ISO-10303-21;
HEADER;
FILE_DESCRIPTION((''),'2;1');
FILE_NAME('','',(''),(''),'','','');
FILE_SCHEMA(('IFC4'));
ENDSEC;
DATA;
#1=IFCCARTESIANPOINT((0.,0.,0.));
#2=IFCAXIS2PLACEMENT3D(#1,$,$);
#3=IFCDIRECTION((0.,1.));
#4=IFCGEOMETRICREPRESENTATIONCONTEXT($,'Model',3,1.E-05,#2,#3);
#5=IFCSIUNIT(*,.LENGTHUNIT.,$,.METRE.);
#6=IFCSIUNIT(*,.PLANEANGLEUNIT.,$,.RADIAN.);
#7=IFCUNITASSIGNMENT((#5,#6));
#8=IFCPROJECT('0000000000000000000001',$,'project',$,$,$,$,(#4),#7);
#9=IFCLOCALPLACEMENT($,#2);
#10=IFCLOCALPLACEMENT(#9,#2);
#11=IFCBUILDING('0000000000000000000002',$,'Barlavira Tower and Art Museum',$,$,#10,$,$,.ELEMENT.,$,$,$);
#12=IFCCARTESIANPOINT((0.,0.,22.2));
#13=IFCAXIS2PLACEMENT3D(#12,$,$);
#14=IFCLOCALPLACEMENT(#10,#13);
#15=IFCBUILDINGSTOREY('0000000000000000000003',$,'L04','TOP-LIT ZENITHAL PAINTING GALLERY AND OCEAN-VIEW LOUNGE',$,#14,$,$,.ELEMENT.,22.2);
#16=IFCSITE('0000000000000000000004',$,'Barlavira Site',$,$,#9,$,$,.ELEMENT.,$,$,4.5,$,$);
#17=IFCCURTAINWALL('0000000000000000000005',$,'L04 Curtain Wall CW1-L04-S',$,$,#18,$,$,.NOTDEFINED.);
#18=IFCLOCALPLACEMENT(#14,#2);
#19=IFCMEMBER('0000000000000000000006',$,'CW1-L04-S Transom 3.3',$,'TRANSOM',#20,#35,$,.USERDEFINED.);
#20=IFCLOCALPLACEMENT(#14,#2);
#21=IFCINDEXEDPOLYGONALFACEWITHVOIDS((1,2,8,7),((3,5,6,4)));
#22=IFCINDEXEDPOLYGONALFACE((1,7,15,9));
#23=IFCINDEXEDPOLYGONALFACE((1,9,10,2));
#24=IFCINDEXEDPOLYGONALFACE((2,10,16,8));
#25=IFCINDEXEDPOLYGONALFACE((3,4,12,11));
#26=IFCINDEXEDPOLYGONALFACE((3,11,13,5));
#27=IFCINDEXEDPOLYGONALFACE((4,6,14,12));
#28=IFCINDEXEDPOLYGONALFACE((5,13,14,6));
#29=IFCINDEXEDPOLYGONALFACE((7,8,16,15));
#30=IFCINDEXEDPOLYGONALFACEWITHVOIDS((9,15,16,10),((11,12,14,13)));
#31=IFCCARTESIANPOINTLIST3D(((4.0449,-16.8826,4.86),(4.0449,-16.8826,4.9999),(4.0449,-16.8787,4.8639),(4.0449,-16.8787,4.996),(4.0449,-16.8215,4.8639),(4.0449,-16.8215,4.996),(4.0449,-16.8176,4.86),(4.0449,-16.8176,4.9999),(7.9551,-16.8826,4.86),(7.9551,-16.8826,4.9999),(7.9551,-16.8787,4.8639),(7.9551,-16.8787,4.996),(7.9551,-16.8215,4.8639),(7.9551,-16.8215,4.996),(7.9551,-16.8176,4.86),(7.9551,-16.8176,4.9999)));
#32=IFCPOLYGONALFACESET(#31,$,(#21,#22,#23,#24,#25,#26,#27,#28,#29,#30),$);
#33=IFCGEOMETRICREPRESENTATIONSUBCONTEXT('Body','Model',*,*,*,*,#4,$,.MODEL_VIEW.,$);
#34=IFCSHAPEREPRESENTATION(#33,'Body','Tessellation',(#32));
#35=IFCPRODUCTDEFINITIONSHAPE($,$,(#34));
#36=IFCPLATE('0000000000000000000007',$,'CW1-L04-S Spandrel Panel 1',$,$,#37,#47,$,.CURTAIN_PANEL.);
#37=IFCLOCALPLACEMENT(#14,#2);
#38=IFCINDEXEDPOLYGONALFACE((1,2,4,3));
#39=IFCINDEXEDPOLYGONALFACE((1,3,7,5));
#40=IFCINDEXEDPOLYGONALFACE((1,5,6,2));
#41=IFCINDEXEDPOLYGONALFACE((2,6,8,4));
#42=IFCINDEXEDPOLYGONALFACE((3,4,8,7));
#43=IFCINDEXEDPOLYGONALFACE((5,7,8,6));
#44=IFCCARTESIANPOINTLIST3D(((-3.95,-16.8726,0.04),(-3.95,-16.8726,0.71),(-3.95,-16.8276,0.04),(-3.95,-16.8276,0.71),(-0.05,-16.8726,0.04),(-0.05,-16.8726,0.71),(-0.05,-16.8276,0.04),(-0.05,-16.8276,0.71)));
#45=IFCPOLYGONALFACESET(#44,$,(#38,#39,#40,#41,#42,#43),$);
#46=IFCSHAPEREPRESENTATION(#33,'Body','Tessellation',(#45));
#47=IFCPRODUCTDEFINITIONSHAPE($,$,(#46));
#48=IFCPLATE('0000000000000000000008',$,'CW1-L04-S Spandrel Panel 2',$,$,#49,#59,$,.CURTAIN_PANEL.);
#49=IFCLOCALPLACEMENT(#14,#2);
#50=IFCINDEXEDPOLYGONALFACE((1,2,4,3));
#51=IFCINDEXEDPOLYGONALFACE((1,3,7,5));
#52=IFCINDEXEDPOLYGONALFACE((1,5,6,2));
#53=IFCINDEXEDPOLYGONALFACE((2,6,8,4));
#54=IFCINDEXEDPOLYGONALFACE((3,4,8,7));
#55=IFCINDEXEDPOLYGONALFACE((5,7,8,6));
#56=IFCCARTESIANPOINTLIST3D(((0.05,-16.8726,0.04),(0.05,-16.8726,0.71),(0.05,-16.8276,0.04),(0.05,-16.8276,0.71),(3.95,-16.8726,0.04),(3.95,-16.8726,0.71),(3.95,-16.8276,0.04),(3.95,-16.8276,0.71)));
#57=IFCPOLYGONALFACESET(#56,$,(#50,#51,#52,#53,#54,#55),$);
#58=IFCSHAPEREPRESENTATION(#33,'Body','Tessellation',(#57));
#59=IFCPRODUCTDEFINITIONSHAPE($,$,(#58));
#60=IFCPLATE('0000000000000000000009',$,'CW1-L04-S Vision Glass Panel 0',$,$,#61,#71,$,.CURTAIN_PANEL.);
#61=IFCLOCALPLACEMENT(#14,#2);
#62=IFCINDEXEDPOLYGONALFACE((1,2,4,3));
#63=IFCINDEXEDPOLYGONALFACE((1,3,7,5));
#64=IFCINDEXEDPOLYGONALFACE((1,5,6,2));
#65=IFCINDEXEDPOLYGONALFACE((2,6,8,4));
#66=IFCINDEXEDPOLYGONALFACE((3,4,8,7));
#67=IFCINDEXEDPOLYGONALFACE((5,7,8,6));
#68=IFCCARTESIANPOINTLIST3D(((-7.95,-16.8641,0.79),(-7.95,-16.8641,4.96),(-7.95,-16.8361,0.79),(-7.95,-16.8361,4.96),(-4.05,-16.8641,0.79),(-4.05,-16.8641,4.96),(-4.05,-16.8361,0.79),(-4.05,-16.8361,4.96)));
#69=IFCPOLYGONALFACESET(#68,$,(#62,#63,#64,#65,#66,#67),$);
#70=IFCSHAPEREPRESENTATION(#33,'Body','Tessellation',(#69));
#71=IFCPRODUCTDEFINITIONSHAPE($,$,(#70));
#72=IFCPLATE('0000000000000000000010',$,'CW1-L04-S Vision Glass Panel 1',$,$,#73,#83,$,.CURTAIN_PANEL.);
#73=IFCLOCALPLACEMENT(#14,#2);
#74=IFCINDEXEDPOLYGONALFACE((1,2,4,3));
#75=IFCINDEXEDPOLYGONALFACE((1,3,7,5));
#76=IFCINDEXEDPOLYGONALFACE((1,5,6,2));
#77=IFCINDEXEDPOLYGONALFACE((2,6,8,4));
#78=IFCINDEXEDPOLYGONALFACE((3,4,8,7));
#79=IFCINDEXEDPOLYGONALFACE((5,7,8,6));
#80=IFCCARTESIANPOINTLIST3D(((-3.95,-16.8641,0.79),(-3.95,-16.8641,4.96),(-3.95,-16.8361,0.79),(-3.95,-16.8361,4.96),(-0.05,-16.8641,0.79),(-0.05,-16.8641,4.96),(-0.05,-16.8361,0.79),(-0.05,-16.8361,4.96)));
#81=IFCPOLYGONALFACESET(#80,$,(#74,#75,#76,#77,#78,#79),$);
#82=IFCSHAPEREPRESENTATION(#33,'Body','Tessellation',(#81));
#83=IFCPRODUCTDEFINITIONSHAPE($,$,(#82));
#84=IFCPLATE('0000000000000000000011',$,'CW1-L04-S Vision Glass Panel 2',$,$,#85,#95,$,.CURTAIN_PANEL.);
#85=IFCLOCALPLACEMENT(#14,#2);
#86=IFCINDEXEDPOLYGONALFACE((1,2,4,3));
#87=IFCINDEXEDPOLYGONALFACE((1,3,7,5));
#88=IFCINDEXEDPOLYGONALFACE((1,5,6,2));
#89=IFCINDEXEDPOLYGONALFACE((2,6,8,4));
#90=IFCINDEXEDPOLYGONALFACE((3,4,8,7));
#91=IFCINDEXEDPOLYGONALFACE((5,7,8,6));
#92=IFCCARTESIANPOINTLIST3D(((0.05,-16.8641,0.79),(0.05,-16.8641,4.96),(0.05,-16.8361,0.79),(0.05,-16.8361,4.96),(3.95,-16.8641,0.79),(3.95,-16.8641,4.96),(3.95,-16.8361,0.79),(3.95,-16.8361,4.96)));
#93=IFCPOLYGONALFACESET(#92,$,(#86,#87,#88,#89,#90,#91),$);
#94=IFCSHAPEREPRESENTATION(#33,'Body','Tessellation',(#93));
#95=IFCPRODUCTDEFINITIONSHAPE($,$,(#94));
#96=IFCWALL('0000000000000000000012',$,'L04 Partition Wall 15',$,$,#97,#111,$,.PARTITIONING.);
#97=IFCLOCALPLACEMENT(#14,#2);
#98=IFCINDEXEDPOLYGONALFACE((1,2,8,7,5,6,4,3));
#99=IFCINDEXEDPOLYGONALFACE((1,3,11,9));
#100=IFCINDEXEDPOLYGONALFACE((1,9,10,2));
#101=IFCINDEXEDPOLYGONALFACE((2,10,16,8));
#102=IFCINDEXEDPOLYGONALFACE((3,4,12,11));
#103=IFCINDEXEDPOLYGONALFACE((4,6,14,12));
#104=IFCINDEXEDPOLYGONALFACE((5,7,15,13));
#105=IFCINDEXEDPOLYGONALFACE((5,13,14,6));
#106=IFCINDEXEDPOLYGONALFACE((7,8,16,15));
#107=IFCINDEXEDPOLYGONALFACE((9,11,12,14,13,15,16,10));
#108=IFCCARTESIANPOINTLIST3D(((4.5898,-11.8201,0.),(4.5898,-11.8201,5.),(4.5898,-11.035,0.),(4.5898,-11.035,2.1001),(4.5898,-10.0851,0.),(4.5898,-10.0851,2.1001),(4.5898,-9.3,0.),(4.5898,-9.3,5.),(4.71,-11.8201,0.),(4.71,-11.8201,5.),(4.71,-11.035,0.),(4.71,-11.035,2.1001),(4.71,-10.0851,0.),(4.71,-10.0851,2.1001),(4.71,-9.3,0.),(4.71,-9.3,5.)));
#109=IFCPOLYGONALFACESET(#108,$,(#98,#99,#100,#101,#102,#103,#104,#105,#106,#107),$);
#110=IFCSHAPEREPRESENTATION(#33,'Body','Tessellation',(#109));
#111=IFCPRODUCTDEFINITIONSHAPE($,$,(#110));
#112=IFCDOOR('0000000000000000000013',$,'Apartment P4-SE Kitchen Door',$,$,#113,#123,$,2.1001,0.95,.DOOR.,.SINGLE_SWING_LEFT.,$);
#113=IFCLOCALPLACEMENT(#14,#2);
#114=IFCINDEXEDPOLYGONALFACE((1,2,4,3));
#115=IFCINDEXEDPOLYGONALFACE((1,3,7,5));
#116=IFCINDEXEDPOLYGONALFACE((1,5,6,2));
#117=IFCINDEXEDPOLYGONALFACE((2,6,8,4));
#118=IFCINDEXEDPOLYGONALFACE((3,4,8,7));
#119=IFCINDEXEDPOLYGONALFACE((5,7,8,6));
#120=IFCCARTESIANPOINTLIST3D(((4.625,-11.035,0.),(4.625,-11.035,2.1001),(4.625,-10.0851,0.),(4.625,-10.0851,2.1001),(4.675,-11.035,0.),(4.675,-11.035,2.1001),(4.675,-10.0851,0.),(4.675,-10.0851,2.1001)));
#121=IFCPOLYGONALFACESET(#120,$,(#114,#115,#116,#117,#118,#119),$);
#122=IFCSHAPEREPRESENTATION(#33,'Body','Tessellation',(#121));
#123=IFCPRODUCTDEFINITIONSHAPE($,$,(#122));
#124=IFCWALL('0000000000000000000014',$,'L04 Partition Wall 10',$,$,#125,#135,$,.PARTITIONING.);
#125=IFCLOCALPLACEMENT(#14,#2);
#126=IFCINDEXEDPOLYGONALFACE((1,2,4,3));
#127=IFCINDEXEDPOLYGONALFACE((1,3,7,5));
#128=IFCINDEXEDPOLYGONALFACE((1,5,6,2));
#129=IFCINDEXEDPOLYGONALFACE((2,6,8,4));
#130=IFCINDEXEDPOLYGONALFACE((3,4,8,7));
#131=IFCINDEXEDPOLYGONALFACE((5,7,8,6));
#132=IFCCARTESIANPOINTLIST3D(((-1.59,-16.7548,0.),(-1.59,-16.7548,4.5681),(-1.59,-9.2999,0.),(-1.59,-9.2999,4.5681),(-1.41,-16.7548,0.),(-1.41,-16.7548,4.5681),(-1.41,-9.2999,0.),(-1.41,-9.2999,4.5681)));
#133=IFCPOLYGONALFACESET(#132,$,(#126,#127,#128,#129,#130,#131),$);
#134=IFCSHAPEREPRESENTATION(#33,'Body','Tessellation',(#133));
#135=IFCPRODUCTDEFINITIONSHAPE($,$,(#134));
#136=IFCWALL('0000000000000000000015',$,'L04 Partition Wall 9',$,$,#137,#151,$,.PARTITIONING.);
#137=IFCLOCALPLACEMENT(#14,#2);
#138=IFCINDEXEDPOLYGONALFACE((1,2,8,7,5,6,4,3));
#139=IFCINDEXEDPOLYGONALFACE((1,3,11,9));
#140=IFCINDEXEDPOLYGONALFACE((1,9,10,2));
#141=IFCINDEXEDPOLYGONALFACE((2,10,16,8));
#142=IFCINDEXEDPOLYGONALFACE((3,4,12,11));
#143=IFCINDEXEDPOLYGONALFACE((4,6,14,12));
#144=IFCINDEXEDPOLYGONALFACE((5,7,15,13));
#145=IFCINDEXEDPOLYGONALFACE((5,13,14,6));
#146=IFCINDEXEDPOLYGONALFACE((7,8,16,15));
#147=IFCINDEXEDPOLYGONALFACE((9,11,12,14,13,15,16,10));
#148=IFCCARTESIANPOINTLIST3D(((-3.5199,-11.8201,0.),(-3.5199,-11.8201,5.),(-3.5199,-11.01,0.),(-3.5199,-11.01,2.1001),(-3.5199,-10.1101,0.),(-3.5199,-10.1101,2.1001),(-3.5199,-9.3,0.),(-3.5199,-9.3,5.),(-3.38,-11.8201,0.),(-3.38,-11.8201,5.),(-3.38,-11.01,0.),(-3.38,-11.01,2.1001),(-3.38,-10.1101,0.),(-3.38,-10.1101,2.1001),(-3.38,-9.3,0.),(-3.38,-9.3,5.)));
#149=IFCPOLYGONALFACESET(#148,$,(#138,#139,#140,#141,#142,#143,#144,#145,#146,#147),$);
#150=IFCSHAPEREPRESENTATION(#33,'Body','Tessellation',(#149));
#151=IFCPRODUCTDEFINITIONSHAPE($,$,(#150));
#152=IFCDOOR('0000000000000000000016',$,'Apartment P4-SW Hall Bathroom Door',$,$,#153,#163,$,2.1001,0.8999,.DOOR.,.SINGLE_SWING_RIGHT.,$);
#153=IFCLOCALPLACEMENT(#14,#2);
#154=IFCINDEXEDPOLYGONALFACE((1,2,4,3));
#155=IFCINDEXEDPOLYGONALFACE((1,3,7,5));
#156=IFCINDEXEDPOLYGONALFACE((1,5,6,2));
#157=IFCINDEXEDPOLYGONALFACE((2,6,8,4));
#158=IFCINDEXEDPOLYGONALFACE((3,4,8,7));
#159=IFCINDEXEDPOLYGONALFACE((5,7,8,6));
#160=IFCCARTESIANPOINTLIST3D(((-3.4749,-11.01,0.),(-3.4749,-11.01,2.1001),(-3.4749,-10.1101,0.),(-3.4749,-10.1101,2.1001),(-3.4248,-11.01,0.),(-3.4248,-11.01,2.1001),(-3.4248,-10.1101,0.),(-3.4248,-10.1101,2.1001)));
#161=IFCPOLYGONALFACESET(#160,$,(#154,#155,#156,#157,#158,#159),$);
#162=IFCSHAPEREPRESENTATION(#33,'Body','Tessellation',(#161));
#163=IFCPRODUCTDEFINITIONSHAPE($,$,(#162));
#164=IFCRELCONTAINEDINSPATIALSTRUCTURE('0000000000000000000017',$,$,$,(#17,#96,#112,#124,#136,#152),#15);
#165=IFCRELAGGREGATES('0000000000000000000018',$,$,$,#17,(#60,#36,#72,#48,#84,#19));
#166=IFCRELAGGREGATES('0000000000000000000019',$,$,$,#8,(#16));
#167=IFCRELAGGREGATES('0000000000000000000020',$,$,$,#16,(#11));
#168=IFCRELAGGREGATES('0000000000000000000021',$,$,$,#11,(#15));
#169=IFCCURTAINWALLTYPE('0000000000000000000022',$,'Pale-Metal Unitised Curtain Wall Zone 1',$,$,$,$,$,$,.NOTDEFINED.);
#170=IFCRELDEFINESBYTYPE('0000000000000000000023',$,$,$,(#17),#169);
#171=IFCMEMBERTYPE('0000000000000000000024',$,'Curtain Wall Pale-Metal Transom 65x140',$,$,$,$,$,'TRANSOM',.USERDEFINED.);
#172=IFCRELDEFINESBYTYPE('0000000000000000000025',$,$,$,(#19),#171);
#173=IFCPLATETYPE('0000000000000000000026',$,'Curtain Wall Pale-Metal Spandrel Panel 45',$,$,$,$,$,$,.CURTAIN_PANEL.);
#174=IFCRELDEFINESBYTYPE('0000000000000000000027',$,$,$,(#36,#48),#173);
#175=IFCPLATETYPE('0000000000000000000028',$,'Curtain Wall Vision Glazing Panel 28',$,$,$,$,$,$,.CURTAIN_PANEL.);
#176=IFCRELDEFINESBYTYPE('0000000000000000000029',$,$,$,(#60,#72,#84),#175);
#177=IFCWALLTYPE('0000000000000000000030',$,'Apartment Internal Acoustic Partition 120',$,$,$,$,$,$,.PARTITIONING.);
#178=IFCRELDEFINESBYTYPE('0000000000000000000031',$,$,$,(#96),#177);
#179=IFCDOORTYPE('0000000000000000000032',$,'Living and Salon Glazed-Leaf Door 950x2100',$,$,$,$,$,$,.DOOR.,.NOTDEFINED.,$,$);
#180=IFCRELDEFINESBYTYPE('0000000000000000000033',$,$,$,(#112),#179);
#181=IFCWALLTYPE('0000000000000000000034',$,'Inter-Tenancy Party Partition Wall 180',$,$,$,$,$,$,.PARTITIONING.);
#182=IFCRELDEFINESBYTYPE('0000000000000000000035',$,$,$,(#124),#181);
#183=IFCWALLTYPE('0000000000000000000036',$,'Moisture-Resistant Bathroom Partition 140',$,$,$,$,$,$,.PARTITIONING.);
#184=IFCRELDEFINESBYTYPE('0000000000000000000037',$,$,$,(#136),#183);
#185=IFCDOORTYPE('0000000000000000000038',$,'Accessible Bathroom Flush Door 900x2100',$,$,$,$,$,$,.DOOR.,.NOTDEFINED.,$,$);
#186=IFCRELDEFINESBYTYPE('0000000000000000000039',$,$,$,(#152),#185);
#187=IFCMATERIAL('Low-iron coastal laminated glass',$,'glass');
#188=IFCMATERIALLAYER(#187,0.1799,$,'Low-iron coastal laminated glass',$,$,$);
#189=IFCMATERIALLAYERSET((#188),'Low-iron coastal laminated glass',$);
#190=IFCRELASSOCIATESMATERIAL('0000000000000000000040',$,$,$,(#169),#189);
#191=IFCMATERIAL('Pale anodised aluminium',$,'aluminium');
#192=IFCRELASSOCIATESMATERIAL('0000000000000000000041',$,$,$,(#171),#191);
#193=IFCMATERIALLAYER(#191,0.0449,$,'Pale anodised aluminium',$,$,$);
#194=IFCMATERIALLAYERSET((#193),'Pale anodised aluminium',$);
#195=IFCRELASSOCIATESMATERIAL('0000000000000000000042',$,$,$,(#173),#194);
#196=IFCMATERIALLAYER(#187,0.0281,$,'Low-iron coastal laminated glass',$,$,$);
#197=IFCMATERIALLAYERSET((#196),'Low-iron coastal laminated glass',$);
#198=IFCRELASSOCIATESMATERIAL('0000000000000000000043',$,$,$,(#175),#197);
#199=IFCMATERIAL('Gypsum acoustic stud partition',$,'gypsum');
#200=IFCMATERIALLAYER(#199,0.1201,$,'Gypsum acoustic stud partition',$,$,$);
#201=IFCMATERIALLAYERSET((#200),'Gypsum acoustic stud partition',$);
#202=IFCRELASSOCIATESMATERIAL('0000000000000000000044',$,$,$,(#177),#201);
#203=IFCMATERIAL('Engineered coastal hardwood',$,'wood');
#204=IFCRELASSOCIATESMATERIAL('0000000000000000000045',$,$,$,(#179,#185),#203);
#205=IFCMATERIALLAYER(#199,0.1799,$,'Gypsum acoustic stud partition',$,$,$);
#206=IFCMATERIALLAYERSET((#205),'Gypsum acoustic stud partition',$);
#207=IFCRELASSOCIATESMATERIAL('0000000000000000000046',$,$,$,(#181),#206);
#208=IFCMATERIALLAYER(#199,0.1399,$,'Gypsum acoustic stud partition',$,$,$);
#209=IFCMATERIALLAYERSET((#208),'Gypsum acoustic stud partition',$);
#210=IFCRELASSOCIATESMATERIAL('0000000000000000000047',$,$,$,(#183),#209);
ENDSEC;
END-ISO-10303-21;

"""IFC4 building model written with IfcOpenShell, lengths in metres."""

from ifc_helpers import new_model, si_unit, direction, frame, frame_2d, origin, origin_2d, place, context, subcontext, project, spatial, rectangle, hollow_rectangle, extrude, material, layer, layer_set, material_profile, profile_set, type_object, element, fill, aggregate, save


model = new_model("IFC4")

# Units and contexts
model_context = context("Model", 3, precision=1e-05, world=origin(), true_north=direction((0.0, 1.0)))
body_context = subcontext(model_context, "Body", "Model", "MODEL_VIEW")
ifc_project = project(units=[si_unit("LENGTHUNIT", "METRE"), si_unit("PLANEANGLEUNIT", "RADIAN")], contexts=[model_context])

# Site, building, storey
site_placement = place(None, origin())
site = spatial("IfcSite", under=ifc_project, at=site_placement, Name="Barlavira Site", CompositionType="ELEMENT", RefElevation=4.5)
building_placement = place(site_placement, origin())
building = spatial("IfcBuilding", under=site, at=building_placement, Name="Barlavira Tower and Art Museum", CompositionType="ELEMENT")
storey_placement = place(building_placement, frame((0.0, 0.0, 22.2)))
storey = spatial("IfcBuildingStorey", under=building, at=storey_placement, Name="L04", Description="TOP-LIT ZENITHAL PAINTING GALLERY AND OCEAN-VIEW LOUNGE", CompositionType="ELEMENT", Elevation=22.2)

# Curtain wall, member, plates
ifc_material_1 = material(Name="Low-iron coastal laminated glass", Category="glass")
ifc_layer_1 = layer(ifc_material_1, 0.1799, Name="Low-iron coastal laminated glass")
ifc_layer_set_1 = layer_set([ifc_layer_1], Name="Low-iron coastal laminated glass")
curtain_wall_type = type_object("IfcCurtainWallType", Name="Pale-Metal Unitised Curtain Wall Zone 1", PredefinedType="NOTDEFINED", material=ifc_layer_set_1)
curtain_wall_placement = place(storey_placement, origin())
curtain_wall = element("IfcCurtainWall", 1, at=curtain_wall_placement, inside=storey, type_object=curtain_wall_type, Name="L04 Curtain Wall CW1-L04-S", PredefinedType="NOTDEFINED")
ifc_material_2 = material(Name="Pale anodised aluminium", Category="aluminium")
ifc_material_profile_1 = material_profile(ifc_material_2, hollow_rectangle(XDim=0.0649, YDim=0.1399, WallThickness=0.0039, at=origin_2d()), Name="ALU-TRAN 65x140x4")
ifc_profile_set_1 = profile_set([ifc_material_profile_1], Name="Pale anodised aluminium")
member_type_1 = type_object("IfcMemberType", Name="Curtain Wall Pale-Metal Transom 65x140", ElementType="TRANSOM", PredefinedType="USERDEFINED", material=ifc_profile_set_1)
member_1_placement = place(storey_placement, frame((4.0449, -16.8501, 4.9299), z_axis=(1.0, 0.0, 0.0), x_axis=(0.0, 1.0, 0.0)))
member_1 = element("IfcMember", 2, at=member_1_placement, type_object=member_type_1, Name="CW1-L04-S Transom 3.3", ObjectType="TRANSOM", PredefinedType="USERDEFINED", context=body_context, shape_type="SweptSolid", body=[
    extrude(hollow_rectangle(XDim=0.0649, YDim=0.1399, WallThickness=0.0039, at=origin_2d()), origin(), (0.0, 0.0, 1.0), 3.9102),
])
ifc_layer_2 = layer(ifc_material_2, 0.0449, Name="Pale anodised aluminium")
ifc_layer_set_2 = layer_set([ifc_layer_2], Name="Pale anodised aluminium")
plate_type_1 = type_object("IfcPlateType", Name="Curtain Wall Pale-Metal Spandrel Panel 45", PredefinedType="CURTAIN_PANEL", material=ifc_layer_set_2)
plate_1_placement = place(storey_placement, frame((-2.0, -16.8501, 0.04), z_axis=(0.0, 0.0, 1.0), x_axis=(1.0, 0.0, 0.0)))
plate_1 = element("IfcPlate", 3, at=plate_1_placement, type_object=plate_type_1, Name="CW1-L04-S Spandrel Panel 1", PredefinedType="CURTAIN_PANEL", context=body_context, shape_type="SweptSolid", body=[
    extrude(rectangle(XDim=3.8999, YDim=0.0449, at=origin_2d()), origin(), (0.0, 0.0, 1.0), 0.6699),
])
plate_2_placement = place(storey_placement, frame((2.0, -16.8501, 0.04), z_axis=(0.0, 0.0, 1.0), x_axis=(1.0, 0.0, 0.0)))
plate_2 = element("IfcPlate", 4, at=plate_2_placement, type_object=plate_type_1, Name="CW1-L04-S Spandrel Panel 2", PredefinedType="CURTAIN_PANEL", context=body_context, shape_type="SweptSolid", body=[
    extrude(rectangle(XDim=3.8999, YDim=0.0449, at=origin_2d()), origin(), (0.0, 0.0, 1.0), 0.6699),
])
ifc_layer_3 = layer(ifc_material_1, 0.0281, Name="Low-iron coastal laminated glass")
ifc_layer_set_3 = layer_set([ifc_layer_3], Name="Low-iron coastal laminated glass")
plate_type_2 = type_object("IfcPlateType", Name="Curtain Wall Vision Glazing Panel 28", PredefinedType="CURTAIN_PANEL", material=ifc_layer_set_3)
plate_3_placement = place(storey_placement, frame((-6.0, -16.8501, 0.79), z_axis=(0.0, 0.0, 1.0), x_axis=(1.0, 0.0, 0.0)))
plate_3 = element("IfcPlate", 5, at=plate_3_placement, type_object=plate_type_2, Name="CW1-L04-S Vision Glass Panel 0", PredefinedType="CURTAIN_PANEL", context=body_context, shape_type="SweptSolid", body=[
    extrude(rectangle(XDim=3.8999, YDim=0.0281, at=origin_2d()), origin(), (0.0, 0.0, 1.0), 4.1699),
])
plate_4_placement = place(storey_placement, frame((-2.0, -16.8501, 0.79), z_axis=(0.0, 0.0, 1.0), x_axis=(1.0, 0.0, 0.0)))
plate_4 = element("IfcPlate", 6, at=plate_4_placement, type_object=plate_type_2, Name="CW1-L04-S Vision Glass Panel 1", PredefinedType="CURTAIN_PANEL", context=body_context, shape_type="SweptSolid", body=[
    extrude(rectangle(XDim=3.8999, YDim=0.0281, at=origin_2d()), origin(), (0.0, 0.0, 1.0), 4.1699),
])
plate_5_placement = place(storey_placement, frame((2.0, -16.8501, 0.79), z_axis=(0.0, 0.0, 1.0), x_axis=(1.0, 0.0, 0.0)))
plate_5 = element("IfcPlate", 7, at=plate_5_placement, type_object=plate_type_2, Name="CW1-L04-S Vision Glass Panel 2", PredefinedType="CURTAIN_PANEL", context=body_context, shape_type="SweptSolid", body=[
    extrude(rectangle(XDim=3.8999, YDim=0.0281, at=origin_2d()), origin(), (0.0, 0.0, 1.0), 4.1699),
])
aggregate(curtain_wall, [plate_3, plate_1, plate_4, plate_2, plate_5, member_1])

# Wall, opening, door
ifc_material_3 = material(Name="Gypsum acoustic stud partition", Category="gypsum")
ifc_layer_4 = layer(ifc_material_3, 0.1201, Name="Gypsum acoustic stud partition")
ifc_layer_set_4 = layer_set([ifc_layer_4], Name="Gypsum acoustic stud partition")
wall_type_1 = type_object("IfcWallType", Name="Apartment Internal Acoustic Partition 120", PredefinedType="PARTITIONING", material=ifc_layer_set_4)
wall_1_placement = place(storey_placement, frame((4.6499, -11.8201, 0.0), z_axis=(0.0, 0.0, 1.0), x_axis=(0.0, 1.0, 0.0)))
wall_1 = element("IfcWall", 8, at=wall_1_placement, inside=storey, type_object=wall_type_1, Name="L04 Partition Wall 15", PredefinedType="PARTITIONING", context=body_context, shape_type="SweptSolid", body=[
    extrude(rectangle(XDim=2.52, YDim=0.1201, at=frame_2d((1.26, 0.0))), origin(), (0.0, 0.0, 1.0), 5.0),
])
opening_1_placement = place(wall_1_placement, frame((0.7849, 0.0, 0.0)))
opening_1 = element("IfcOpeningElement", 9, at=opening_1_placement, cuts=wall_1, PredefinedType="OPENING", context=body_context, shape_type="SweptSolid", body=[
    extrude(rectangle(XDim=0.95, YDim=2.1001, at=frame_2d((0.4751, 1.05))), frame((0.0, 0.0701, 0.0), z_axis=(0.0, -1.0, 0.0), x_axis=(1.0, 0.0, 0.0)), (0.0, 0.0, 1.0), 0.1401),
])
ifc_material_4 = material(Name="Engineered coastal hardwood", Category="wood")
door_type_1 = type_object("IfcDoorType", Name="Living and Salon Glazed-Leaf Door 950x2100", OperationType="NOTDEFINED", PredefinedType="DOOR", material=ifc_material_4)
door_1_placement = place(opening_1_placement, origin())
door_1 = element("IfcDoor", 10, at=door_1_placement, inside=storey, type_object=door_type_1, Name="Apartment P4-SE Kitchen Door", OperationType="SINGLE_SWING_LEFT", OverallHeight=2.1001, OverallWidth=0.95, PredefinedType="DOOR", context=body_context, shape_type="SweptSolid", body=[
    extrude(rectangle(XDim=0.95, YDim=2.1001, at=frame_2d((0.4751, 1.05))), frame((0.0, 0.0249, 0.0), z_axis=(0.0, -1.0, 0.0), x_axis=(1.0, 0.0, 0.0)), (0.0, 0.0, 1.0), 0.05),
])
fill(opening_1, door_1)

# Wall
ifc_layer_5 = layer(ifc_material_3, 0.1799, Name="Gypsum acoustic stud partition")
ifc_layer_set_5 = layer_set([ifc_layer_5], Name="Gypsum acoustic stud partition")
wall_type_2 = type_object("IfcWallType", Name="Inter-Tenancy Party Partition Wall 180", PredefinedType="PARTITIONING", material=ifc_layer_set_5)
wall_2_placement = place(storey_placement, frame((-1.5, -16.7549, 0.0), z_axis=(0.0, 0.0, 1.0), x_axis=(0.0, 1.0, 0.0)))
element("IfcWall", 11, at=wall_2_placement, inside=storey, type_object=wall_type_2, Name="L04 Partition Wall 10", PredefinedType="PARTITIONING", context=body_context, shape_type="SweptSolid", body=[
    extrude(rectangle(XDim=7.4548, YDim=0.1799, at=frame_2d((3.7275, 0.0))), origin(), (0.0, 0.0, 1.0), 4.5681),
])

# Wall, opening, door
ifc_layer_6 = layer(ifc_material_3, 0.1399, Name="Gypsum acoustic stud partition")
ifc_layer_set_6 = layer_set([ifc_layer_6], Name="Gypsum acoustic stud partition")
wall_type_3 = type_object("IfcWallType", Name="Moisture-Resistant Bathroom Partition 140", PredefinedType="PARTITIONING", material=ifc_layer_set_6)
wall_3_placement = place(storey_placement, frame((-3.45, -11.8201, 0.0), z_axis=(0.0, 0.0, 1.0), x_axis=(0.0, 1.0, 0.0)))
wall_3 = element("IfcWall", 12, at=wall_3_placement, inside=storey, type_object=wall_type_3, Name="L04 Partition Wall 9", PredefinedType="PARTITIONING", context=body_context, shape_type="SweptSolid", body=[
    extrude(rectangle(XDim=2.52, YDim=0.1399, at=frame_2d((1.26, 0.0))), origin(), (0.0, 0.0, 1.0), 5.0),
])
opening_2_placement = place(wall_3_placement, frame((0.8101, 0.0, 0.0)))
opening_2 = element("IfcOpeningElement", 13, at=opening_2_placement, cuts=wall_3, PredefinedType="OPENING", context=body_context, shape_type="SweptSolid", body=[
    extrude(rectangle(XDim=0.8999, YDim=2.1001, at=frame_2d((0.45, 1.05))), frame((0.0, 0.0801, 0.0), z_axis=(0.0, -1.0, 0.0), x_axis=(1.0, 0.0, 0.0)), (0.0, 0.0, 1.0), 0.1599),
])
door_type_2 = type_object("IfcDoorType", Name="Accessible Bathroom Flush Door 900x2100", OperationType="NOTDEFINED", PredefinedType="DOOR", material=ifc_material_4)
door_2_placement = place(opening_2_placement, origin())
door_2 = element("IfcDoor", 14, at=door_2_placement, inside=storey, type_object=door_type_2, Name="Apartment P4-SW Hall Bathroom Door", OperationType="SINGLE_SWING_RIGHT", OverallHeight=2.1001, OverallWidth=0.8999, PredefinedType="DOOR", context=body_context, shape_type="SweptSolid", body=[
    extrude(rectangle(XDim=0.8999, YDim=2.1001, at=frame_2d((0.45, 1.05))), frame((0.0, 0.0249, 0.0), z_axis=(0.0, -1.0, 0.0), x_axis=(1.0, 0.0, 0.0)), (0.0, 0.0, 1.0), 0.05),
])
fill(opening_2, door_2)

save(model, "model.ifc")
